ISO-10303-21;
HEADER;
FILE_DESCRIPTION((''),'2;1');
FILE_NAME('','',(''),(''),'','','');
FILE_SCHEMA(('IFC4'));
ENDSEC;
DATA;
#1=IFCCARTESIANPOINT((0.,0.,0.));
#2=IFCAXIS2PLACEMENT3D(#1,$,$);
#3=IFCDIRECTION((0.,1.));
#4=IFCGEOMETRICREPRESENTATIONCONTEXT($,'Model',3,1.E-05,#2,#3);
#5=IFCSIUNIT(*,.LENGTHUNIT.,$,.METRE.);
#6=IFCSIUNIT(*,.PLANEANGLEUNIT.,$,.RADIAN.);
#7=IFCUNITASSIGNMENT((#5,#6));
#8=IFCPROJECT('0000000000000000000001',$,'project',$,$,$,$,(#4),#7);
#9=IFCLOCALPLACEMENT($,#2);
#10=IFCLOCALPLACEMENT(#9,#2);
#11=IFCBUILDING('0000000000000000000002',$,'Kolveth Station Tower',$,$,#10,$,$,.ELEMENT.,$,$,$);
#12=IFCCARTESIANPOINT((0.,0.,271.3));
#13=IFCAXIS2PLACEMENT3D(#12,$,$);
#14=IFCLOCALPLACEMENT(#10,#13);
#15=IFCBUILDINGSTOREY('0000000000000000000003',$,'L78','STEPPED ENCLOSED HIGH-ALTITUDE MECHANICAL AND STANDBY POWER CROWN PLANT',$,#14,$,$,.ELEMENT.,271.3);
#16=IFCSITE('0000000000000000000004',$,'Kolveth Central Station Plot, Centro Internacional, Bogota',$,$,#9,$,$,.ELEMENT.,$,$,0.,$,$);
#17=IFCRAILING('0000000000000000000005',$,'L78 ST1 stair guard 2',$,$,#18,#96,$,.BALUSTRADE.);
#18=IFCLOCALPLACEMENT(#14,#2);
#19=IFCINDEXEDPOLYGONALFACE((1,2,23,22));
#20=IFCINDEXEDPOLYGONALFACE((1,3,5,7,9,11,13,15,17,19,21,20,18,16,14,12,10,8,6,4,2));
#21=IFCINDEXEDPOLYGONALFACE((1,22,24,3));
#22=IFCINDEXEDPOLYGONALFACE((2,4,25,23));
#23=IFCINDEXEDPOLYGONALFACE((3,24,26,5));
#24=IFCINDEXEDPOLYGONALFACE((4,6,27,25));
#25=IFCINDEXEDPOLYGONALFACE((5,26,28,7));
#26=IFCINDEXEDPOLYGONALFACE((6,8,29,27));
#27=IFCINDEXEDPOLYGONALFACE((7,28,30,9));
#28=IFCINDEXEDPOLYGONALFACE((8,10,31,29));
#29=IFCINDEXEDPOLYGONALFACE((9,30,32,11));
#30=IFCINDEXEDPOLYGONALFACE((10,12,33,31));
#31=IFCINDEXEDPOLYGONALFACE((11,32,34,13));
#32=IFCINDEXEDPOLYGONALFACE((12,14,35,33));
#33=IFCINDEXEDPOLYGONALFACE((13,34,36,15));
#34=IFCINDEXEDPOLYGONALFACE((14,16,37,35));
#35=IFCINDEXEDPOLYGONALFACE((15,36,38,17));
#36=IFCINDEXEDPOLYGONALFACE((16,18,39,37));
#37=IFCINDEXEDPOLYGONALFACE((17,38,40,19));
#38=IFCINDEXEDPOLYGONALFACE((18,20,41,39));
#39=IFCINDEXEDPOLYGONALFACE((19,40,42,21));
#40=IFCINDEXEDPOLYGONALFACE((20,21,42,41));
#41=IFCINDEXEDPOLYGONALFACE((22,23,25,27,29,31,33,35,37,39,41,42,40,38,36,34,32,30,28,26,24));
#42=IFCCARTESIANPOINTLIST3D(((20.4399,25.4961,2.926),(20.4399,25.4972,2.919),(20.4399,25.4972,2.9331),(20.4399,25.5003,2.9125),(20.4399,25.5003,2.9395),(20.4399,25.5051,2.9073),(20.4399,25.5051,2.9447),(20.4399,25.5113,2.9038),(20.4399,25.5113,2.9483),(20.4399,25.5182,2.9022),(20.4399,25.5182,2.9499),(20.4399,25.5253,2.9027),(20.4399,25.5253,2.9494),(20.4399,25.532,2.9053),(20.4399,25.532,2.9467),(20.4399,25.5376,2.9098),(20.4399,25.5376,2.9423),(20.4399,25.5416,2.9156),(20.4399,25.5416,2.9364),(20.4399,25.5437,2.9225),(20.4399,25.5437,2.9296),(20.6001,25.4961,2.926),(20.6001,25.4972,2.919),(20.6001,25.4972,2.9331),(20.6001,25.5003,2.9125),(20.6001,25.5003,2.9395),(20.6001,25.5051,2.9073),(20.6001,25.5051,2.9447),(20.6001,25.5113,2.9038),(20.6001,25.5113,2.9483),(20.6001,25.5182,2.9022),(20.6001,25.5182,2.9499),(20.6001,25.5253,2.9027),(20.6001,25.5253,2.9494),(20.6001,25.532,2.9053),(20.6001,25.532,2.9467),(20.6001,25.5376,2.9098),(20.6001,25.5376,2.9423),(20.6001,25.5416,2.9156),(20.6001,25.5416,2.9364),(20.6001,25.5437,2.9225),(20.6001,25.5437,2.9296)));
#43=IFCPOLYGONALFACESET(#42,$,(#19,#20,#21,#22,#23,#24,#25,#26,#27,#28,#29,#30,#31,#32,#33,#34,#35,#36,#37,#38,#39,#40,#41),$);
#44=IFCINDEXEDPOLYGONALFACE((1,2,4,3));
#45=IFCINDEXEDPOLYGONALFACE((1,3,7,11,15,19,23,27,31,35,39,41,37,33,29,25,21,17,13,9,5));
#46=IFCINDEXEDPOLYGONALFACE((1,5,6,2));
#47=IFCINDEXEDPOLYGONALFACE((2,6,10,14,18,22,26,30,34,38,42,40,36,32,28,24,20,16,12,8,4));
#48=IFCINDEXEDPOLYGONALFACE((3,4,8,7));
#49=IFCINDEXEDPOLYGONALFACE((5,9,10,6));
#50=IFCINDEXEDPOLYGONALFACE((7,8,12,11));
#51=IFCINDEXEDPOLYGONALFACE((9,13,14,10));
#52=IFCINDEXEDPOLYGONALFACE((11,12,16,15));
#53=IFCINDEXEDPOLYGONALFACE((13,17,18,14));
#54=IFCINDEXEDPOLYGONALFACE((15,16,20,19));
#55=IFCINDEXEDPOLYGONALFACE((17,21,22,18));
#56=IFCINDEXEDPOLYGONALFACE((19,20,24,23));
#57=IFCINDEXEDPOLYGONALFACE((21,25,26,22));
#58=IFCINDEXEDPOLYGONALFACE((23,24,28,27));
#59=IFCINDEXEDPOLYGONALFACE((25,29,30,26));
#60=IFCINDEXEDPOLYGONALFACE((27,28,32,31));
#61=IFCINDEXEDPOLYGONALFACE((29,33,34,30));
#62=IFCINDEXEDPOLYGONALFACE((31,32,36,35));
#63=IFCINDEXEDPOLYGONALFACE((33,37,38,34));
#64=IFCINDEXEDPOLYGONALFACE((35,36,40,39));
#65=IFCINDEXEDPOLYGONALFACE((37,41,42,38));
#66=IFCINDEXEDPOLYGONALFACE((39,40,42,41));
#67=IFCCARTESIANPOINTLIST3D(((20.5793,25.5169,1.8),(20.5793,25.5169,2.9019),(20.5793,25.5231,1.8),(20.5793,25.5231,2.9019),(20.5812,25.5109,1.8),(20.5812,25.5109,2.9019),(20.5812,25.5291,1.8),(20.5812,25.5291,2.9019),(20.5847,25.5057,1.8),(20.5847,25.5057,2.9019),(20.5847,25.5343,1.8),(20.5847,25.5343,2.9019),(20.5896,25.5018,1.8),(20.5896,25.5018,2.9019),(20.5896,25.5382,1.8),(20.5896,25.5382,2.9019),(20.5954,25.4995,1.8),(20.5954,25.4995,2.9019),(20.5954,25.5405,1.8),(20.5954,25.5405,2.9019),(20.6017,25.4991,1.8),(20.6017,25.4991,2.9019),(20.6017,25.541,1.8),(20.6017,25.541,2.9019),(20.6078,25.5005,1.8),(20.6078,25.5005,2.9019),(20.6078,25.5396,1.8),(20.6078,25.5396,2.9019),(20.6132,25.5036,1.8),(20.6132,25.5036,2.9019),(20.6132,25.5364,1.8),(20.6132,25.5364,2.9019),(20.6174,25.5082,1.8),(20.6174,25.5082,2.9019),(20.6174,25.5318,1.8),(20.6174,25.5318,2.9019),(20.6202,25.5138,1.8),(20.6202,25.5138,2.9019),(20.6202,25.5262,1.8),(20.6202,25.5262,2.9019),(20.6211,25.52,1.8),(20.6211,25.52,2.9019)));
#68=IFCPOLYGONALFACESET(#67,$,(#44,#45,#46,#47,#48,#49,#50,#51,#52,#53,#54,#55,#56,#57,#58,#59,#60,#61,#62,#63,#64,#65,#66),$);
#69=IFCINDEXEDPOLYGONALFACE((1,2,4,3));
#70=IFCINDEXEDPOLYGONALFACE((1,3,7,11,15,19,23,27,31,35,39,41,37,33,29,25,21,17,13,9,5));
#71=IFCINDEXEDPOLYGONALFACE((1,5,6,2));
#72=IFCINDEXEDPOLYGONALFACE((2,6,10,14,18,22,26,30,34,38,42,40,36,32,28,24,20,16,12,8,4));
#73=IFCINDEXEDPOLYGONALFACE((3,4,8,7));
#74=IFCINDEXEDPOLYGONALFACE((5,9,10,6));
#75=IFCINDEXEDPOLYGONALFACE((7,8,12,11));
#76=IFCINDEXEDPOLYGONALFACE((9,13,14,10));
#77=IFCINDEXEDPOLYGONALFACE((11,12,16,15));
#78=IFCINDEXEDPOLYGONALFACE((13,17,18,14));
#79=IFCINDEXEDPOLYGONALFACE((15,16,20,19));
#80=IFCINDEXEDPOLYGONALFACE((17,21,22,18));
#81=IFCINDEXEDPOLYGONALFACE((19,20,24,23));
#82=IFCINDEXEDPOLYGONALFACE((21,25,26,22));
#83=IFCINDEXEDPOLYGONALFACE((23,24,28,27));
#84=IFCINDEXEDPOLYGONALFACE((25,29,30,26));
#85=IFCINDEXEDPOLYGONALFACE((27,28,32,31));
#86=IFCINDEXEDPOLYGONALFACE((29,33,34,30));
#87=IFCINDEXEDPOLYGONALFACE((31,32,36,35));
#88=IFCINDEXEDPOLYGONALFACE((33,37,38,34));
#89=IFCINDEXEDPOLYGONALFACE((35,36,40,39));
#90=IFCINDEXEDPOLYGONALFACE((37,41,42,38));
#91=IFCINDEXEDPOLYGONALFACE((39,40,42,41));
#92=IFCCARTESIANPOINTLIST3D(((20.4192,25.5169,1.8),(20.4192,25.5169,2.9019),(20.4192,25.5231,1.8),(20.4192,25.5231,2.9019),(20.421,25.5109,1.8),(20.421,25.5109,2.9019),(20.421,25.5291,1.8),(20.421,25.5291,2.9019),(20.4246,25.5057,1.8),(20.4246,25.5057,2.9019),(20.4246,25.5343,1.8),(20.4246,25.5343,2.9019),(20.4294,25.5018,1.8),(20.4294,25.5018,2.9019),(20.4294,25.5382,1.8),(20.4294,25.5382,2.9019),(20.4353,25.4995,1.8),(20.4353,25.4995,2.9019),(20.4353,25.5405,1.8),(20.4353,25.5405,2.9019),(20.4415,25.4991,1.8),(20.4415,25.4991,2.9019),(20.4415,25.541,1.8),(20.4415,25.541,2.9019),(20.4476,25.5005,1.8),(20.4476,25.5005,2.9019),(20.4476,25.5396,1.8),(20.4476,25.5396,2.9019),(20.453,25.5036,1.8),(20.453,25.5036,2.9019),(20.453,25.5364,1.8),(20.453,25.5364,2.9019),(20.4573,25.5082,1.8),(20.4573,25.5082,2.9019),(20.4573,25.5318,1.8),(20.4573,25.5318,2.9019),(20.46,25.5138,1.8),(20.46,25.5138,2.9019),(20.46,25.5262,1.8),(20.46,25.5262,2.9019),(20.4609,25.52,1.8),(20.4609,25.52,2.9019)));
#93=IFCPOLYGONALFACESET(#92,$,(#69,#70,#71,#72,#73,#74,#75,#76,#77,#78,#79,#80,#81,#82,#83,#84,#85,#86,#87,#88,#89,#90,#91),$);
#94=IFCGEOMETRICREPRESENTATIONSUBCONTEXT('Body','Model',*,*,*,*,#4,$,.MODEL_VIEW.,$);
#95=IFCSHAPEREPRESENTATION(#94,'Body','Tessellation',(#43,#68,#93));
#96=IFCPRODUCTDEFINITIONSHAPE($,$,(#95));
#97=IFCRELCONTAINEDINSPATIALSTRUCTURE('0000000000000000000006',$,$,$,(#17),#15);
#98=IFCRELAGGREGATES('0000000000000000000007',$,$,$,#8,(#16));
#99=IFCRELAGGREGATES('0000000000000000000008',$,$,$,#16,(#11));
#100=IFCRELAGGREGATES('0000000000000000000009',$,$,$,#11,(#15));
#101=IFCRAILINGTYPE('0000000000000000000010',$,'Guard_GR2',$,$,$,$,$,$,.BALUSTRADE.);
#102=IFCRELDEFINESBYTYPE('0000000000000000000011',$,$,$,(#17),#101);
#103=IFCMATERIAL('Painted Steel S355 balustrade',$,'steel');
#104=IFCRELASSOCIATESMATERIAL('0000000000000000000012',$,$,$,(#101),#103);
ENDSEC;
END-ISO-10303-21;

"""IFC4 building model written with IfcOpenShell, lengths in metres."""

from ifc_helpers import new_model, si_unit, direction, frame, origin, origin_2d, place, context, subcontext, project, spatial, circle, extrude, material, type_object, element, save


model = new_model("IFC4")

# Units and contexts
model_context = context("Model", 3, precision=1e-05, world=origin(), true_north=direction((0.0, 1.0)))
body_context = subcontext(model_context, "Body", "Model", "MODEL_VIEW")
ifc_project = project(units=[si_unit("LENGTHUNIT", "METRE"), si_unit("PLANEANGLEUNIT", "RADIAN")], contexts=[model_context])

# Site, building, storey
site_placement = place(None, origin())
site = spatial("IfcSite", under=ifc_project, at=site_placement, Name="Kolveth Central Station Plot, Centro Internacional, Bogota", CompositionType="ELEMENT", RefElevation=0.0)
building_placement = place(site_placement, origin())
building = spatial("IfcBuilding", under=site, at=building_placement, Name="Kolveth Station Tower", CompositionType="ELEMENT")
storey_placement = place(building_placement, frame((0.0, 0.0, 271.3)))
storey = spatial("IfcBuildingStorey", under=building, at=storey_placement, Name="L78", Description="STEPPED ENCLOSED HIGH-ALTITUDE MECHANICAL AND STANDBY POWER CROWN PLANT", CompositionType="ELEMENT", Elevation=271.3)

# Railing
ifc_material_1 = material(Name="Painted Steel S355 balustrade", Category="steel")
railing_type_1 = type_object("IfcRailingType", Name="Guard_GR2", PredefinedType="BALUSTRADE", material=ifc_material_1)
railing_1_placement = place(storey_placement, frame((20.6001, 25.52, 1.8)))
element("IfcRailing", 1, at=railing_1_placement, inside=storey, type_object=railing_type_1, Name="L78 ST1 stair guard 2", PredefinedType="BALUSTRADE", context=body_context, shape_type="SweptSolid", body=[
    extrude(circle(Radius=0.0239, at=origin_2d()), frame((0.0, 0.0, 1.126), z_axis=(-1.0, 0.0, 0.0), x_axis=(0.0, -1.0, 0.0)), (0.0, 0.0, 1.0), 0.1602),
    extrude(circle(Radius=0.021, at=origin_2d()), origin(), (0.0, 0.0, 1.0), 1.1018),
    extrude(circle(Radius=0.021, at=origin_2d()), frame((-0.1602, 0.0, 0.0)), (0.0, 0.0, 1.0), 1.1018),
])

save(model, "model.ifc")
